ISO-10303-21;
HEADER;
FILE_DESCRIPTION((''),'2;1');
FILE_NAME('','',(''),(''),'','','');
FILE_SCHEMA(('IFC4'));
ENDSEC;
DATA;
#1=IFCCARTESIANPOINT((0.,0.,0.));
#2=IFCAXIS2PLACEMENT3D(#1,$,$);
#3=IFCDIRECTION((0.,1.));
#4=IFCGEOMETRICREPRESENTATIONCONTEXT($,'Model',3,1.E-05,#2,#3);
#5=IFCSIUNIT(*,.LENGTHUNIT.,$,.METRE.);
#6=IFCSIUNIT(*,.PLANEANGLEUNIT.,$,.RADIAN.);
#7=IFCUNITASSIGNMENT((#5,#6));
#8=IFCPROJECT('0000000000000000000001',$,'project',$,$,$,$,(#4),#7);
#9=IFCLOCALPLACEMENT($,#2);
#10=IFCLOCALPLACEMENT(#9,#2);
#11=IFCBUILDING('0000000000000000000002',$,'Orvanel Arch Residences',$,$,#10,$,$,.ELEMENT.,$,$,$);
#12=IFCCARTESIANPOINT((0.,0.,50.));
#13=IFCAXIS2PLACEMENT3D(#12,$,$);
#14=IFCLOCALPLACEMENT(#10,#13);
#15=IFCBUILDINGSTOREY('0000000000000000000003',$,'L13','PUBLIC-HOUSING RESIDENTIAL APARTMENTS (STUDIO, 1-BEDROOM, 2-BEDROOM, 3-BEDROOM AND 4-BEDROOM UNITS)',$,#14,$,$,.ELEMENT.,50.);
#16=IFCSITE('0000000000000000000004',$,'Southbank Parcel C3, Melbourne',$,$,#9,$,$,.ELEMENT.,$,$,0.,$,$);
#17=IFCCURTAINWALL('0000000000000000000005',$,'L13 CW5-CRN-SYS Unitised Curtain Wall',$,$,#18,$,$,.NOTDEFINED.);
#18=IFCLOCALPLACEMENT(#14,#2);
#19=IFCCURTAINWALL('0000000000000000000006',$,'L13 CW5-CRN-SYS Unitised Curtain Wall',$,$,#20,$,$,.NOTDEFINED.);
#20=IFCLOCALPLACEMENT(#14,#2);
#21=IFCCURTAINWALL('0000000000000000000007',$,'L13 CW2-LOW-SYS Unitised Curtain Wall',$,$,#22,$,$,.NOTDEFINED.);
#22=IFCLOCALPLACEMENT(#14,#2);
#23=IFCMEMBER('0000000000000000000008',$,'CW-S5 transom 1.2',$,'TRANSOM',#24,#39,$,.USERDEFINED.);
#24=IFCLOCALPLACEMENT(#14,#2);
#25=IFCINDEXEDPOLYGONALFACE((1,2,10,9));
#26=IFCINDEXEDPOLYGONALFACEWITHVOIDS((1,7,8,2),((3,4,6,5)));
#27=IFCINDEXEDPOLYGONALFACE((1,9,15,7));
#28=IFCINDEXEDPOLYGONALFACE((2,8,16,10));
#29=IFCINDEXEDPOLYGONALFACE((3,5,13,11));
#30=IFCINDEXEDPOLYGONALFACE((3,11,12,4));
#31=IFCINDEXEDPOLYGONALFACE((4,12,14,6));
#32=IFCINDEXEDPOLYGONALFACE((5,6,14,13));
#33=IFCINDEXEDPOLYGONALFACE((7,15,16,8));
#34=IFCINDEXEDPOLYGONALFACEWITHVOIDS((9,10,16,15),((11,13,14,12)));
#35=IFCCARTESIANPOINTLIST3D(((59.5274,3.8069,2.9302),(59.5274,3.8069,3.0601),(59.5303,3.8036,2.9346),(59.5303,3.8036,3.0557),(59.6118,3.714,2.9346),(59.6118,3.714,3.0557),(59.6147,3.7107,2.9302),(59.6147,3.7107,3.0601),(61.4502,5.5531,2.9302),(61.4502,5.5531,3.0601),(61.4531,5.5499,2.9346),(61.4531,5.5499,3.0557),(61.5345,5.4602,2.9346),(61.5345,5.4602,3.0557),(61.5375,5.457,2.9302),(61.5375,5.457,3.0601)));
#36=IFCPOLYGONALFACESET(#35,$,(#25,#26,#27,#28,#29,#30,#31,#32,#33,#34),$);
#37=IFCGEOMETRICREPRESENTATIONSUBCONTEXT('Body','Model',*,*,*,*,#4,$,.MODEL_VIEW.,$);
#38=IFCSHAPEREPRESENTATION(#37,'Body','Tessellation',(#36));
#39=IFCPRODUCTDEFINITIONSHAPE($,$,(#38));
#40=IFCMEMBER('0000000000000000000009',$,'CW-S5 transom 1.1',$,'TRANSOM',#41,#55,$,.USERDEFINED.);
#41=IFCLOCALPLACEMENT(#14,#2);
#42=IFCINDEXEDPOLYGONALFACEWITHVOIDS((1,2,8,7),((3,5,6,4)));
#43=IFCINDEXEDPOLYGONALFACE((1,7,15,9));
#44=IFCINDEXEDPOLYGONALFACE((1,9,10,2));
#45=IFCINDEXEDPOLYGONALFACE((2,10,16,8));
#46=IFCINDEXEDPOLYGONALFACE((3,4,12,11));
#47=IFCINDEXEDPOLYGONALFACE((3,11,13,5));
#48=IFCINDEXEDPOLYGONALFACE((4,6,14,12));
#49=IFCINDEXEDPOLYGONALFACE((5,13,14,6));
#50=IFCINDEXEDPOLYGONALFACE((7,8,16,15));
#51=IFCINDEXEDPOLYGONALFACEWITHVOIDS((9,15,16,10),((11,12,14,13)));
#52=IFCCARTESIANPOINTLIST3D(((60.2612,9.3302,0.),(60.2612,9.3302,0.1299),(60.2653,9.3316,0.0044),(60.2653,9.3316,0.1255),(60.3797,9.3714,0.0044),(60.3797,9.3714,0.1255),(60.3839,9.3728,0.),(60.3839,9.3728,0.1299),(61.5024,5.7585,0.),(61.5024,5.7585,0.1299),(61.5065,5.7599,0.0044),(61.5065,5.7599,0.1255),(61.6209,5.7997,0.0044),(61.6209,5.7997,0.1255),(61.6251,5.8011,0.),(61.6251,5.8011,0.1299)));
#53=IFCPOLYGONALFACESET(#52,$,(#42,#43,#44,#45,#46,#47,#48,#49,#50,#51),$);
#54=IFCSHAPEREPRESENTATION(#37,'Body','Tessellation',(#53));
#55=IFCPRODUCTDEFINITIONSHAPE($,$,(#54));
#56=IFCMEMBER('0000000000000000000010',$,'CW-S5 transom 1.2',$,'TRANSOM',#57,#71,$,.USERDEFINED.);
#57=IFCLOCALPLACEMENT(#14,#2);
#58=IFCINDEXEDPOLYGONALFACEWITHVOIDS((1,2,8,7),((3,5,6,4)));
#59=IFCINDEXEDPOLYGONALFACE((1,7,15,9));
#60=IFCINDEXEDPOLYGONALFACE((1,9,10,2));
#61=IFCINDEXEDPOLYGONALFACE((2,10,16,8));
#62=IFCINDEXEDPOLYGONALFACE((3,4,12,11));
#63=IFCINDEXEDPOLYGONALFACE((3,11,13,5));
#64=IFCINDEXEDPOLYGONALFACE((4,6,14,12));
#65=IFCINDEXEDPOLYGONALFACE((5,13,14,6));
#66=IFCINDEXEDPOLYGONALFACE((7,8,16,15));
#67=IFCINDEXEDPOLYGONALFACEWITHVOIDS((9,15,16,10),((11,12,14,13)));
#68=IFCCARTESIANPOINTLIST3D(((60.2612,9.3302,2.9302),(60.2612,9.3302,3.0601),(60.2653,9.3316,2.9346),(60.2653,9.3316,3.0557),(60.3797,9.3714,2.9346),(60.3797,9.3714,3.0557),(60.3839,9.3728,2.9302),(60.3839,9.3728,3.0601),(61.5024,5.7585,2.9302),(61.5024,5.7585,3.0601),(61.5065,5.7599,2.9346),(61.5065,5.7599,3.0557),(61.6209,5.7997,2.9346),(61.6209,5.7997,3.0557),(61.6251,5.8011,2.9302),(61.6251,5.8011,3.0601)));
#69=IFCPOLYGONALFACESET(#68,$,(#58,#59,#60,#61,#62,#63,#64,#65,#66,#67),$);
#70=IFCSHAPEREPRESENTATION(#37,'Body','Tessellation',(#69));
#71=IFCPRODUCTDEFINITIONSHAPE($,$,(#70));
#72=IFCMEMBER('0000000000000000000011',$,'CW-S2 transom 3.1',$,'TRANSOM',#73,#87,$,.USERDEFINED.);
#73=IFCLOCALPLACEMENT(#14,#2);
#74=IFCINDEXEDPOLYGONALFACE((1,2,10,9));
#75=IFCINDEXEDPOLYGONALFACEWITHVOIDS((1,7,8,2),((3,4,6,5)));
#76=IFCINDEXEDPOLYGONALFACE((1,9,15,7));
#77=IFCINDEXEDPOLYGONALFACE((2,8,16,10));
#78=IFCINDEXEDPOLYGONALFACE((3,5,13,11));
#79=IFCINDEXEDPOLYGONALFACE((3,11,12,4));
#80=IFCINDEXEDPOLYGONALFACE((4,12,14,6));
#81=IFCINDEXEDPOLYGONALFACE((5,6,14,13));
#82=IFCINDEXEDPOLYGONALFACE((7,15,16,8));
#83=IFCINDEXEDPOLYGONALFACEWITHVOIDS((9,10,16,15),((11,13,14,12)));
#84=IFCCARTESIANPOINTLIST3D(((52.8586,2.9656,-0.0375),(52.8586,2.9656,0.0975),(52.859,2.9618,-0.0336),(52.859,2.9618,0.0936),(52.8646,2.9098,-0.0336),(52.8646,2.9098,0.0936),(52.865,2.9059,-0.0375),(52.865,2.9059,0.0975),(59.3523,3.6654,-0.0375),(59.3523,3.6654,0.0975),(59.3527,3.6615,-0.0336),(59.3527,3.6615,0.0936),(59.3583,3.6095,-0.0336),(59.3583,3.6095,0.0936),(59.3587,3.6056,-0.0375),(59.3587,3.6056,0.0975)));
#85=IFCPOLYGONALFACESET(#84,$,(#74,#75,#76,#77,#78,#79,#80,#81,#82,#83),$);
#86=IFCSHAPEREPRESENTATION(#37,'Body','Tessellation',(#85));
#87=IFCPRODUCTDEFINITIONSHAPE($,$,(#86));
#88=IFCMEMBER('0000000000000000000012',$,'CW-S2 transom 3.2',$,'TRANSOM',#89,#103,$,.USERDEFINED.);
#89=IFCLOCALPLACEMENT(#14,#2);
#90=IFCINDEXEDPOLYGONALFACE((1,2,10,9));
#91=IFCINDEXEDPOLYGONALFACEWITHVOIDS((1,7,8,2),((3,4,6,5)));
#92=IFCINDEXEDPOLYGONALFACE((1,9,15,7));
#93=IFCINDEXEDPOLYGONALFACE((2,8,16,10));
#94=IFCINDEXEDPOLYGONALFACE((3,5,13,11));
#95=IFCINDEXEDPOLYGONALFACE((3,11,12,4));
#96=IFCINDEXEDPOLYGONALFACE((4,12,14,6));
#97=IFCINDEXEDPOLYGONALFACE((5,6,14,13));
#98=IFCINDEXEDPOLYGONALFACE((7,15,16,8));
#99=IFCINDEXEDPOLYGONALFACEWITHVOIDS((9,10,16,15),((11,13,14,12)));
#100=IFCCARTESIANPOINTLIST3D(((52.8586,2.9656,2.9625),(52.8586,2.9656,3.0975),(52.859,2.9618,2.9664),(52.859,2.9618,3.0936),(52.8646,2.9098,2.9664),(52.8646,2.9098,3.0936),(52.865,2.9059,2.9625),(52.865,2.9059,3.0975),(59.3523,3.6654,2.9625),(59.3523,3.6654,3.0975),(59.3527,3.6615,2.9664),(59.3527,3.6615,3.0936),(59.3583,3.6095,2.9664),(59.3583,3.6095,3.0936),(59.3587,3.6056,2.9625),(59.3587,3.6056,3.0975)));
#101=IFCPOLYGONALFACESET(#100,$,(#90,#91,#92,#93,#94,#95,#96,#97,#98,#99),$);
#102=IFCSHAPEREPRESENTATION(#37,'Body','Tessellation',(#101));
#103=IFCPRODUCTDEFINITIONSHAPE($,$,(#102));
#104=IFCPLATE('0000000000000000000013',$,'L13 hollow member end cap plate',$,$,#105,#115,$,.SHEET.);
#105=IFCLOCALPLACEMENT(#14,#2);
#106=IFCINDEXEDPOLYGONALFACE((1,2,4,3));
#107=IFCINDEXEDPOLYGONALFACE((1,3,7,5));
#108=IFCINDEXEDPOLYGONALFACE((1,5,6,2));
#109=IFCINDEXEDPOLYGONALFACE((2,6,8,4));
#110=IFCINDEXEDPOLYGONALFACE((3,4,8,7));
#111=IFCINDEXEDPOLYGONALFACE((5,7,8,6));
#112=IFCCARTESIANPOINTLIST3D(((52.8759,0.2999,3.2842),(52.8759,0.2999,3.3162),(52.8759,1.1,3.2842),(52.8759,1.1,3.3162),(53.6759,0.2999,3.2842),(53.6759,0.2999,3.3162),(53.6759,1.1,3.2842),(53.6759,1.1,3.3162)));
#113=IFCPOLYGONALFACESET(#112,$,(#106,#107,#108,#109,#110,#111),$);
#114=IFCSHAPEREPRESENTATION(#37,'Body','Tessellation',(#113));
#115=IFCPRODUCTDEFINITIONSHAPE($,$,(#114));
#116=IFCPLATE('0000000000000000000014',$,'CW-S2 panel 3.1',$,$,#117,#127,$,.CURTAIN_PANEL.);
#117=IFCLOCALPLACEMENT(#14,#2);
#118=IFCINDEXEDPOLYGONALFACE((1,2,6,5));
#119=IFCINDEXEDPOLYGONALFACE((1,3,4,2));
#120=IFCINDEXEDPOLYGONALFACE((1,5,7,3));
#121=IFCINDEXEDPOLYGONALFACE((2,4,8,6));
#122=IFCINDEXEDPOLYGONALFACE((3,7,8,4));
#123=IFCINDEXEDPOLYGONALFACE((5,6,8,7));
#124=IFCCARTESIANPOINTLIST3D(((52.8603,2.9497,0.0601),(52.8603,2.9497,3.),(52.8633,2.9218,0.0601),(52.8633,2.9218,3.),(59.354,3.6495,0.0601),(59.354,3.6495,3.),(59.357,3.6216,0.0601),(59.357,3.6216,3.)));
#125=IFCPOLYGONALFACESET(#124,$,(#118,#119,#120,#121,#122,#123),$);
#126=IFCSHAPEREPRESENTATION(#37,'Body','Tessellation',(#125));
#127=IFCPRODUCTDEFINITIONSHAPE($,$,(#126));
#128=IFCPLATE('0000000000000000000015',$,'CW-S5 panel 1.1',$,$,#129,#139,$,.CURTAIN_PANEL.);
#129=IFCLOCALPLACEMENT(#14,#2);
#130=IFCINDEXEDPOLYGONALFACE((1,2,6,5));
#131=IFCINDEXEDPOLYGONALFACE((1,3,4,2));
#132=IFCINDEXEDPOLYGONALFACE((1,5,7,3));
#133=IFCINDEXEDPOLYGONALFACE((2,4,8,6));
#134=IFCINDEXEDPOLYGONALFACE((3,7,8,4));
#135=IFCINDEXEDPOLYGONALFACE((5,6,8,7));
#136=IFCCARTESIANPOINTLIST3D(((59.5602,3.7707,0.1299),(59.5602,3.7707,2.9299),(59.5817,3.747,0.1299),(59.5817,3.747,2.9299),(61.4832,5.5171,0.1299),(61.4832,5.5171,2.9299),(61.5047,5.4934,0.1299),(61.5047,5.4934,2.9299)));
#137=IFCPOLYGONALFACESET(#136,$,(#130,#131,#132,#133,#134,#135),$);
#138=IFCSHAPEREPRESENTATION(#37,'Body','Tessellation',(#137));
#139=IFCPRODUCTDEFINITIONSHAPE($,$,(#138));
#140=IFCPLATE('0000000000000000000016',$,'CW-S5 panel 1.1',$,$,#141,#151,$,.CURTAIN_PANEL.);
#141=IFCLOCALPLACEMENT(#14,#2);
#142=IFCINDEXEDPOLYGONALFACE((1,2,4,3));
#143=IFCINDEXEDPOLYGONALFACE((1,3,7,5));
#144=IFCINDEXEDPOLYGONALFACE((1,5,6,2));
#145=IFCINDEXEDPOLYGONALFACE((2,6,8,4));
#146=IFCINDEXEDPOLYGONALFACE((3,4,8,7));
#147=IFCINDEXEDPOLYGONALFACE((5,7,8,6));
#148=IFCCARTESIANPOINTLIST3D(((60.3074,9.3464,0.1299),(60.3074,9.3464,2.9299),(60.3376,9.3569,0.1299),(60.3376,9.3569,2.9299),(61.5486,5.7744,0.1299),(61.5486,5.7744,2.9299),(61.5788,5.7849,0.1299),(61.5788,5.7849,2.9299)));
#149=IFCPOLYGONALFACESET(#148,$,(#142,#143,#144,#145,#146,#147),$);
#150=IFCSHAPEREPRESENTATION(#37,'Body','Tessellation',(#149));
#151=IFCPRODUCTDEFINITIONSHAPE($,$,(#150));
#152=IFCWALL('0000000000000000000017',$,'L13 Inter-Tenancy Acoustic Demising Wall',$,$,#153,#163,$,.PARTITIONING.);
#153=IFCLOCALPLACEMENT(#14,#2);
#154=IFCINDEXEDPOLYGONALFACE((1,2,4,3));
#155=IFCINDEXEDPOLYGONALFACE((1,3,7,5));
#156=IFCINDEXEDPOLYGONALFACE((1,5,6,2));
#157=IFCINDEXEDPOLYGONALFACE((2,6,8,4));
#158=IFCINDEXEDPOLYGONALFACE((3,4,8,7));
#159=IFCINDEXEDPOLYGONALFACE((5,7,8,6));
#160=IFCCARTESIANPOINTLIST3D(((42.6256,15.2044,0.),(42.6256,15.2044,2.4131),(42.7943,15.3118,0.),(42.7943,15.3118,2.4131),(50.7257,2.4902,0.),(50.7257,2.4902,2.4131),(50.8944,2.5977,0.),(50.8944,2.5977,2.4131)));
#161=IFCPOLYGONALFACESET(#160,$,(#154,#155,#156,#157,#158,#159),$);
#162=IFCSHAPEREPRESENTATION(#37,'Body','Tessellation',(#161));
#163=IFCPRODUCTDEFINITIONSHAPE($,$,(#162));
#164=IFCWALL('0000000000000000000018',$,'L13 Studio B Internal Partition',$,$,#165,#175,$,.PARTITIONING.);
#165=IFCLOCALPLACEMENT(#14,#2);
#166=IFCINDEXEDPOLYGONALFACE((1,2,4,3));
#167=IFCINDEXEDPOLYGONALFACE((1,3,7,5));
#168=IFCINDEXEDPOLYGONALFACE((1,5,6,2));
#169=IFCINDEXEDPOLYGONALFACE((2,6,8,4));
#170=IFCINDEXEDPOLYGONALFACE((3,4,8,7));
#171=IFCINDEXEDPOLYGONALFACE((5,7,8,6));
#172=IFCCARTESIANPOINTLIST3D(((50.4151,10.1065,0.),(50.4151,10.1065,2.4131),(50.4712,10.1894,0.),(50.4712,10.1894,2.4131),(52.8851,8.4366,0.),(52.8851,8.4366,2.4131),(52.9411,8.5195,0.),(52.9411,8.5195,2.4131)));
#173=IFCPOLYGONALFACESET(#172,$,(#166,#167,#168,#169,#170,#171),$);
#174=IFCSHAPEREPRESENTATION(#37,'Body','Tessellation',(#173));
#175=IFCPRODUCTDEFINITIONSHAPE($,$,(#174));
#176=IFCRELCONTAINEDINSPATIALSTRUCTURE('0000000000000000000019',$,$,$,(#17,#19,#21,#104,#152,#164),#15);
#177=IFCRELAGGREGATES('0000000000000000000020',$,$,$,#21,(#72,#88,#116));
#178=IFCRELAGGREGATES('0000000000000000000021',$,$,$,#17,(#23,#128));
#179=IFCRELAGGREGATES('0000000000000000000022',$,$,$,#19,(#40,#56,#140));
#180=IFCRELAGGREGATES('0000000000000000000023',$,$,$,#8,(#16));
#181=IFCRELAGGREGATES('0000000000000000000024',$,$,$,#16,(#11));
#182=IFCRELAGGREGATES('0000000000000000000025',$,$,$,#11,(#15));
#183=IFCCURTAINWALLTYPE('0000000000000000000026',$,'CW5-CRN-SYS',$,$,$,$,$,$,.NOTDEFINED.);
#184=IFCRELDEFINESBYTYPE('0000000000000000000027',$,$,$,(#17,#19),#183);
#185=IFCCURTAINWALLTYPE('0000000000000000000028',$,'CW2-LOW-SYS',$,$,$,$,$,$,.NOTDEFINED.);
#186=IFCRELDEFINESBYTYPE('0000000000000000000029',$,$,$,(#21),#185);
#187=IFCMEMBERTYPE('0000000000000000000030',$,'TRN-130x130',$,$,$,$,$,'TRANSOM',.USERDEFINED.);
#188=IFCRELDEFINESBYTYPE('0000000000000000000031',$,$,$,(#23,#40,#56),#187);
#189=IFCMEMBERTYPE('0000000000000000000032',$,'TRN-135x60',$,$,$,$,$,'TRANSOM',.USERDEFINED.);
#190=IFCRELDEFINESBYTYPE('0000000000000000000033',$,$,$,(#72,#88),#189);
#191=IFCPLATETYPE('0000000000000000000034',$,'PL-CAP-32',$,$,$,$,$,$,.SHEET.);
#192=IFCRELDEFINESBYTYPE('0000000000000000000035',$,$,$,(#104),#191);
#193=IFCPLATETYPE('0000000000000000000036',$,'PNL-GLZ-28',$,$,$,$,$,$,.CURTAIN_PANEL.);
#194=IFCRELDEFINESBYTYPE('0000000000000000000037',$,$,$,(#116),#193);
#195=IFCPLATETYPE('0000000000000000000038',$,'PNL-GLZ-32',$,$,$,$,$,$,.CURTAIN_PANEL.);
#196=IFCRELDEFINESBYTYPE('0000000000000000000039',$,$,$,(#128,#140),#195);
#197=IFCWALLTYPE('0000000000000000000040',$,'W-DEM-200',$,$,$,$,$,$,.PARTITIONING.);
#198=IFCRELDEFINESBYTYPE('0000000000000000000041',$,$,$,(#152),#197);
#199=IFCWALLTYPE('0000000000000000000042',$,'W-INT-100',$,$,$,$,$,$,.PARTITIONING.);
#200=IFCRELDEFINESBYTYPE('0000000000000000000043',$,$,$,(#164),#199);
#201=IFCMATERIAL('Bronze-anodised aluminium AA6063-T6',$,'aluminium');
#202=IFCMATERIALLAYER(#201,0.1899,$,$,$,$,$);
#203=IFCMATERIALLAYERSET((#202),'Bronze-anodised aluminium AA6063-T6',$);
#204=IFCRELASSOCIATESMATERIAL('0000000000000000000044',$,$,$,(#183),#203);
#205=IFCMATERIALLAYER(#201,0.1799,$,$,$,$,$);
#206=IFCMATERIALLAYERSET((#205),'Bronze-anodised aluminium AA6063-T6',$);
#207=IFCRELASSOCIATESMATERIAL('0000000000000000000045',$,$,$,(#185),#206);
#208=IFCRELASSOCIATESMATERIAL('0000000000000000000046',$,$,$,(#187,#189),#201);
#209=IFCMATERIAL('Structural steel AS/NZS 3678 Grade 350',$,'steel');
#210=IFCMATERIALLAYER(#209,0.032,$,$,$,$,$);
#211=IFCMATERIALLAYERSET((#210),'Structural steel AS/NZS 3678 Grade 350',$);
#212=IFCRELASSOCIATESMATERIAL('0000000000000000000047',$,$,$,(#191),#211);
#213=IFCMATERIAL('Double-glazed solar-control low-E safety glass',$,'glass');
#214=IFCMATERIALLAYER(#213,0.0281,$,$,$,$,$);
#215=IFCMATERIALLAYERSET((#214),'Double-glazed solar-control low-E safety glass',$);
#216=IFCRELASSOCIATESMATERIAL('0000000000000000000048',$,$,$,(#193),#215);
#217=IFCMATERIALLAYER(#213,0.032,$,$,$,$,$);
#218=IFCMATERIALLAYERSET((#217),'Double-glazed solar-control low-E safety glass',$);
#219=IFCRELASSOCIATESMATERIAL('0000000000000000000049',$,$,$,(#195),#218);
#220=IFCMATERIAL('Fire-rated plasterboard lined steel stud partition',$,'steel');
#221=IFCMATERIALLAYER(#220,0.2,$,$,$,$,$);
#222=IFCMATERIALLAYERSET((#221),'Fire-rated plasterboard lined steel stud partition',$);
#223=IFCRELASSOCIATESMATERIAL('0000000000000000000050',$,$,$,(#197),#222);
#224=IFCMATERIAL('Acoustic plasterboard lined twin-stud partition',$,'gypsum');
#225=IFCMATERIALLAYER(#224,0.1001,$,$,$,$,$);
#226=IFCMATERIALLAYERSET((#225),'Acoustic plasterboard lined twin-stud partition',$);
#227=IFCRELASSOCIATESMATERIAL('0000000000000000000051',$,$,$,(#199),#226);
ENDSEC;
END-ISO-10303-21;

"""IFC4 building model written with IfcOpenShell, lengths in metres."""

from ifc_helpers import new_model, si_unit, direction, frame, frame_2d, origin, origin_2d, place, context, subcontext, project, spatial, rectangle, hollow_rectangle, extrude, material, layer, layer_set, material_profile, profile_set, type_object, element, aggregate, save


model = new_model("IFC4")

# Units and contexts
model_context = context("Model", 3, precision=1e-05, world=origin(), true_north=direction((0.0, 1.0)))
body_context = subcontext(model_context, "Body", "Model", "MODEL_VIEW")
ifc_project = project(units=[si_unit("LENGTHUNIT", "METRE"), si_unit("PLANEANGLEUNIT", "RADIAN")], contexts=[model_context])

# Site, building, storey
site_placement = place(None, origin())
site = spatial("IfcSite", under=ifc_project, at=site_placement, Name="Southbank Parcel C3, Melbourne", CompositionType="ELEMENT", RefElevation=0.0)
building_placement = place(site_placement, origin())
building = spatial("IfcBuilding", under=site, at=building_placement, Name="Orvanel Arch Residences", CompositionType="ELEMENT")
storey_placement = place(building_placement, frame((0.0, 0.0, 50.0)))
storey = spatial("IfcBuildingStorey", under=building, at=storey_placement, Name="L13", Description="PUBLIC-HOUSING RESIDENTIAL APARTMENTS (STUDIO, 1-BEDROOM, 2-BEDROOM, 3-BEDROOM AND 4-BEDROOM UNITS)", CompositionType="ELEMENT", Elevation=50.0)

# Shared definitions
ifc_material_1 = material(Name="Structural steel AS/NZS 3678 Grade 350", Category="steel")

# Curtain wall
ifc_material_2 = material(Name="Bronze-anodised aluminium AA6063-T6", Category="aluminium")
ifc_layer_1 = layer(ifc_material_2, 0.1899)
ifc_layer_set_1 = layer_set([ifc_layer_1], Name="Bronze-anodised aluminium AA6063-T6")
curtain_wall_type_1 = type_object("IfcCurtainWallType", Name="CW5-CRN-SYS", PredefinedType="NOTDEFINED", material=ifc_layer_set_1)
curtain_wall_1_placement = place(storey_placement, origin())
curtain_wall_1 = element("IfcCurtainWall", 1, at=curtain_wall_1_placement, inside=storey, type_object=curtain_wall_type_1, Name="L13 CW5-CRN-SYS Unitised Curtain Wall", PredefinedType="NOTDEFINED")

# Curtain wall
curtain_wall_2_placement = place(storey_placement, origin())
curtain_wall_2 = element("IfcCurtainWall", 2, at=curtain_wall_2_placement, inside=storey, type_object=curtain_wall_type_1, Name="L13 CW5-CRN-SYS Unitised Curtain Wall", PredefinedType="NOTDEFINED")

# Curtain wall
ifc_layer_2 = layer(ifc_material_2, 0.1799)
ifc_layer_set_2 = layer_set([ifc_layer_2], Name="Bronze-anodised aluminium AA6063-T6")
curtain_wall_type_2 = type_object("IfcCurtainWallType", Name="CW2-LOW-SYS", PredefinedType="NOTDEFINED", material=ifc_layer_set_2)
curtain_wall_3_placement = place(storey_placement, origin())
curtain_wall_3 = element("IfcCurtainWall", 3, at=curtain_wall_3_placement, inside=storey, type_object=curtain_wall_type_2, Name="L13 CW2-LOW-SYS Unitised Curtain Wall", PredefinedType="NOTDEFINED")

# Members
ifc_material_profile_1 = material_profile(ifc_material_2, hollow_rectangle(XDim=0.1299, YDim=0.1299, WallThickness=0.0044, at=origin_2d()), Name="ALU130x130x4.5")
ifc_profile_set_1 = profile_set([ifc_material_profile_1], Name="Bronze-anodised aluminium AA6063-T6")
member_type_1 = type_object("IfcMemberType", Name="TRN-130x130", ElementType="TRANSOM", PredefinedType="USERDEFINED", material=ifc_profile_set_1)
member_1_placement = place(storey_placement, frame((59.571, 3.7588, 2.9951), z_axis=(0.740267, 0.672312, 0.0), x_axis=(-0.672312, 0.740267, 0.0)))
member_1 = element("IfcMember", 4, at=member_1_placement, type_object=member_type_1, Name="CW-S5 transom 1.2", ObjectType="TRANSOM", PredefinedType="USERDEFINED", context=body_context, shape_type="SweptSolid", body=[
    extrude(hollow_rectangle(XDim=0.1299, YDim=0.1299, WallThickness=0.0044, at=origin_2d()), origin(), (0.0, 0.0, 1.0), 2.5974),
])
member_2_placement = place(storey_placement, frame((61.5637, 5.7798, 0.0649), z_axis=(-0.32825, 0.944591, 0.0), x_axis=(-0.944591, -0.32825, 0.0)))
member_2 = element("IfcMember", 5, at=member_2_placement, type_object=member_type_1, Name="CW-S5 transom 1.1", ObjectType="TRANSOM", PredefinedType="USERDEFINED", context=body_context, shape_type="SweptSolid", body=[
    extrude(hollow_rectangle(XDim=0.1299, YDim=0.1299, WallThickness=0.0044, at=origin_2d()), origin(), (0.0, 0.0, 1.0), 3.7812),
])
member_3_placement = place(storey_placement, frame((61.5637, 5.7798, 2.9951), z_axis=(-0.32825, 0.944591, 0.0), x_axis=(-0.944591, -0.32825, 0.0)))
member_3 = element("IfcMember", 6, at=member_3_placement, type_object=member_type_1, Name="CW-S5 transom 1.2", ObjectType="TRANSOM", PredefinedType="USERDEFINED", context=body_context, shape_type="SweptSolid", body=[
    extrude(hollow_rectangle(XDim=0.1299, YDim=0.1299, WallThickness=0.0044, at=origin_2d()), origin(), (0.0, 0.0, 1.0), 3.7812),
])
ifc_material_profile_2 = material_profile(ifc_material_2, hollow_rectangle(XDim=0.0601, YDim=0.135, WallThickness=0.0039, at=origin_2d()), Name="ALU135x60x4")
ifc_profile_set_2 = profile_set([ifc_material_profile_2], Name="Bronze-anodised aluminium AA6063-T6")
member_type_2 = type_object("IfcMemberType", Name="TRN-135x60", ElementType="TRANSOM", PredefinedType="USERDEFINED", material=ifc_profile_set_2)
member_4_placement = place(storey_placement, frame((52.8618, 2.9358, 0.03), z_axis=(0.994245, 0.107132, 0.0), x_axis=(-0.107132, 0.994245, 0.0)))
member_4 = element("IfcMember", 7, at=member_4_placement, type_object=member_type_2, Name="CW-S2 transom 3.1", ObjectType="TRANSOM", PredefinedType="USERDEFINED", context=body_context, shape_type="SweptSolid", body=[
    extrude(hollow_rectangle(XDim=0.0601, YDim=0.135, WallThickness=0.0039, at=origin_2d()), origin(), (0.0, 0.0, 1.0), 6.5312),
])
member_5_placement = place(storey_placement, frame((52.8618, 2.9358, 3.03), z_axis=(0.994245, 0.107132, 0.0), x_axis=(-0.107132, 0.994245, 0.0)))
member_5 = element("IfcMember", 8, at=member_5_placement, type_object=member_type_2, Name="CW-S2 transom 3.2", ObjectType="TRANSOM", PredefinedType="USERDEFINED", context=body_context, shape_type="SweptSolid", body=[
    extrude(hollow_rectangle(XDim=0.0601, YDim=0.135, WallThickness=0.0039, at=origin_2d()), origin(), (0.0, 0.0, 1.0), 6.5312),
])

# Plates
ifc_layer_3 = layer(ifc_material_1, 0.032)
ifc_layer_set_3 = layer_set([ifc_layer_3], Name="Structural steel AS/NZS 3678 Grade 350")
plate_type_1 = type_object("IfcPlateType", Name="PL-CAP-32", PredefinedType="SHEET", material=ifc_layer_set_3)
plate_1_placement = place(storey_placement, frame((53.2759, 0.7, 3.2842), z_axis=(0.0, 0.0, 1.0), x_axis=(1.0, 0.0, 0.0)))
element("IfcPlate", 9, at=plate_1_placement, inside=storey, type_object=plate_type_1, Name="L13 hollow member end cap plate", PredefinedType="SHEET", context=body_context, shape_type="SweptSolid", body=[
    extrude(rectangle(XDim=0.8, YDim=0.8, at=origin_2d()), origin(), (0.0, 0.0, 1.0), 0.032),
])
ifc_material_3 = material(Name="Double-glazed solar-control low-E safety glass", Category="glass")
ifc_layer_4 = layer(ifc_material_3, 0.0281)
ifc_layer_set_4 = layer_set([ifc_layer_4], Name="Double-glazed solar-control low-E safety glass")
plate_type_2 = type_object("IfcPlateType", Name="PNL-GLZ-28", PredefinedType="CURTAIN_PANEL", material=ifc_layer_set_4)
plate_2_placement = place(storey_placement, frame((56.1086, 3.2856, 0.0601), z_axis=(0.0, 0.0, 1.0), x_axis=(0.994244, 0.10714, 0.0)))
plate_2 = element("IfcPlate", 10, at=plate_2_placement, type_object=plate_type_2, Name="CW-S2 panel 3.1", PredefinedType="CURTAIN_PANEL", context=body_context, shape_type="SweptSolid", body=[
    extrude(rectangle(XDim=6.5312, YDim=0.0281, at=origin_2d()), origin(), (0.0, 0.0, 1.0), 2.9399),
])
aggregate(curtain_wall_3, [member_4, member_5, plate_2])
ifc_layer_5 = layer(ifc_material_3, 0.032)
ifc_layer_set_5 = layer_set([ifc_layer_5], Name="Double-glazed solar-control low-E safety glass")
plate_type_3 = type_object("IfcPlateType", Name="PNL-GLZ-32", PredefinedType="CURTAIN_PANEL", material=ifc_layer_set_5)
plate_3_placement = place(storey_placement, frame((60.5325, 4.6321, 0.1299), z_axis=(0.0, 0.0, 1.0), x_axis=(0.740284, 0.672295, 0.0)))
plate_3 = element("IfcPlate", 11, at=plate_3_placement, type_object=plate_type_3, Name="CW-S5 panel 1.1", PredefinedType="CURTAIN_PANEL", context=body_context, shape_type="SweptSolid", body=[
    extrude(rectangle(XDim=2.5977, YDim=0.032, at=origin_2d()), origin(), (0.0, 0.0, 1.0), 2.8),
])
aggregate(curtain_wall_1, [member_1, plate_3])
plate_4_placement = place(storey_placement, frame((60.9431, 7.5657, 0.1299), z_axis=(0.0, 0.0, 1.0), x_axis=(-0.328221, 0.944601, 0.0)))
plate_4 = element("IfcPlate", 12, at=plate_4_placement, type_object=plate_type_3, Name="CW-S5 panel 1.1", PredefinedType="CURTAIN_PANEL", context=body_context, shape_type="SweptSolid", body=[
    extrude(rectangle(XDim=3.7815, YDim=0.032, at=origin_2d()), origin(), (0.0, 0.0, 1.0), 2.8),
])
aggregate(curtain_wall_2, [member_2, member_3, plate_4])

# Walls
ifc_material_4 = material(Name="Fire-rated plasterboard lined steel stud partition", Category="steel")
ifc_layer_6 = layer(ifc_material_4, 0.2)
ifc_layer_set_6 = layer_set([ifc_layer_6], Name="Fire-rated plasterboard lined steel stud partition")
wall_type_1 = type_object("IfcWallType", Name="W-DEM-200", PredefinedType="PARTITIONING", material=ifc_layer_set_6)
wall_1_placement = place(storey_placement, frame((50.8101, 2.5439, 0.0), z_axis=(0.0, 0.0, 1.0), x_axis=(-0.537314, 0.843382, 0.0)))
element("IfcWall", 13, at=wall_1_placement, inside=storey, type_object=wall_type_1, Name="L13 Inter-Tenancy Acoustic Demising Wall", PredefinedType="PARTITIONING", context=body_context, shape_type="SweptSolid", body=[
    extrude(rectangle(XDim=15.0752, YDim=0.2, at=frame_2d((7.5376, 0.0))), origin(), (0.0, 0.0, 1.0), 2.4131),
])
ifc_material_5 = material(Name="Acoustic plasterboard lined twin-stud partition", Category="gypsum")
ifc_layer_7 = layer(ifc_material_5, 0.1001)
ifc_layer_set_7 = layer_set([ifc_layer_7], Name="Acoustic plasterboard lined twin-stud partition")
wall_type_2 = type_object("IfcWallType", Name="W-INT-100", PredefinedType="PARTITIONING", material=ifc_layer_set_7)
wall_2_placement = place(storey_placement, frame((52.9131, 8.478, 0.0), z_axis=(0.0, 0.0, 1.0), x_axis=(-0.82843, 0.560093, 0.0)))
element("IfcWall", 14, at=wall_2_placement, inside=storey, type_object=wall_type_2, Name="L13 Studio B Internal Partition", PredefinedType="PARTITIONING", context=body_context, shape_type="SweptSolid", body=[
    extrude(rectangle(XDim=2.9814, YDim=0.1001, at=frame_2d((1.4907, 0.0))), origin(), (0.0, 0.0, 1.0), 2.4131),
])

save(model, "model.ifc")
